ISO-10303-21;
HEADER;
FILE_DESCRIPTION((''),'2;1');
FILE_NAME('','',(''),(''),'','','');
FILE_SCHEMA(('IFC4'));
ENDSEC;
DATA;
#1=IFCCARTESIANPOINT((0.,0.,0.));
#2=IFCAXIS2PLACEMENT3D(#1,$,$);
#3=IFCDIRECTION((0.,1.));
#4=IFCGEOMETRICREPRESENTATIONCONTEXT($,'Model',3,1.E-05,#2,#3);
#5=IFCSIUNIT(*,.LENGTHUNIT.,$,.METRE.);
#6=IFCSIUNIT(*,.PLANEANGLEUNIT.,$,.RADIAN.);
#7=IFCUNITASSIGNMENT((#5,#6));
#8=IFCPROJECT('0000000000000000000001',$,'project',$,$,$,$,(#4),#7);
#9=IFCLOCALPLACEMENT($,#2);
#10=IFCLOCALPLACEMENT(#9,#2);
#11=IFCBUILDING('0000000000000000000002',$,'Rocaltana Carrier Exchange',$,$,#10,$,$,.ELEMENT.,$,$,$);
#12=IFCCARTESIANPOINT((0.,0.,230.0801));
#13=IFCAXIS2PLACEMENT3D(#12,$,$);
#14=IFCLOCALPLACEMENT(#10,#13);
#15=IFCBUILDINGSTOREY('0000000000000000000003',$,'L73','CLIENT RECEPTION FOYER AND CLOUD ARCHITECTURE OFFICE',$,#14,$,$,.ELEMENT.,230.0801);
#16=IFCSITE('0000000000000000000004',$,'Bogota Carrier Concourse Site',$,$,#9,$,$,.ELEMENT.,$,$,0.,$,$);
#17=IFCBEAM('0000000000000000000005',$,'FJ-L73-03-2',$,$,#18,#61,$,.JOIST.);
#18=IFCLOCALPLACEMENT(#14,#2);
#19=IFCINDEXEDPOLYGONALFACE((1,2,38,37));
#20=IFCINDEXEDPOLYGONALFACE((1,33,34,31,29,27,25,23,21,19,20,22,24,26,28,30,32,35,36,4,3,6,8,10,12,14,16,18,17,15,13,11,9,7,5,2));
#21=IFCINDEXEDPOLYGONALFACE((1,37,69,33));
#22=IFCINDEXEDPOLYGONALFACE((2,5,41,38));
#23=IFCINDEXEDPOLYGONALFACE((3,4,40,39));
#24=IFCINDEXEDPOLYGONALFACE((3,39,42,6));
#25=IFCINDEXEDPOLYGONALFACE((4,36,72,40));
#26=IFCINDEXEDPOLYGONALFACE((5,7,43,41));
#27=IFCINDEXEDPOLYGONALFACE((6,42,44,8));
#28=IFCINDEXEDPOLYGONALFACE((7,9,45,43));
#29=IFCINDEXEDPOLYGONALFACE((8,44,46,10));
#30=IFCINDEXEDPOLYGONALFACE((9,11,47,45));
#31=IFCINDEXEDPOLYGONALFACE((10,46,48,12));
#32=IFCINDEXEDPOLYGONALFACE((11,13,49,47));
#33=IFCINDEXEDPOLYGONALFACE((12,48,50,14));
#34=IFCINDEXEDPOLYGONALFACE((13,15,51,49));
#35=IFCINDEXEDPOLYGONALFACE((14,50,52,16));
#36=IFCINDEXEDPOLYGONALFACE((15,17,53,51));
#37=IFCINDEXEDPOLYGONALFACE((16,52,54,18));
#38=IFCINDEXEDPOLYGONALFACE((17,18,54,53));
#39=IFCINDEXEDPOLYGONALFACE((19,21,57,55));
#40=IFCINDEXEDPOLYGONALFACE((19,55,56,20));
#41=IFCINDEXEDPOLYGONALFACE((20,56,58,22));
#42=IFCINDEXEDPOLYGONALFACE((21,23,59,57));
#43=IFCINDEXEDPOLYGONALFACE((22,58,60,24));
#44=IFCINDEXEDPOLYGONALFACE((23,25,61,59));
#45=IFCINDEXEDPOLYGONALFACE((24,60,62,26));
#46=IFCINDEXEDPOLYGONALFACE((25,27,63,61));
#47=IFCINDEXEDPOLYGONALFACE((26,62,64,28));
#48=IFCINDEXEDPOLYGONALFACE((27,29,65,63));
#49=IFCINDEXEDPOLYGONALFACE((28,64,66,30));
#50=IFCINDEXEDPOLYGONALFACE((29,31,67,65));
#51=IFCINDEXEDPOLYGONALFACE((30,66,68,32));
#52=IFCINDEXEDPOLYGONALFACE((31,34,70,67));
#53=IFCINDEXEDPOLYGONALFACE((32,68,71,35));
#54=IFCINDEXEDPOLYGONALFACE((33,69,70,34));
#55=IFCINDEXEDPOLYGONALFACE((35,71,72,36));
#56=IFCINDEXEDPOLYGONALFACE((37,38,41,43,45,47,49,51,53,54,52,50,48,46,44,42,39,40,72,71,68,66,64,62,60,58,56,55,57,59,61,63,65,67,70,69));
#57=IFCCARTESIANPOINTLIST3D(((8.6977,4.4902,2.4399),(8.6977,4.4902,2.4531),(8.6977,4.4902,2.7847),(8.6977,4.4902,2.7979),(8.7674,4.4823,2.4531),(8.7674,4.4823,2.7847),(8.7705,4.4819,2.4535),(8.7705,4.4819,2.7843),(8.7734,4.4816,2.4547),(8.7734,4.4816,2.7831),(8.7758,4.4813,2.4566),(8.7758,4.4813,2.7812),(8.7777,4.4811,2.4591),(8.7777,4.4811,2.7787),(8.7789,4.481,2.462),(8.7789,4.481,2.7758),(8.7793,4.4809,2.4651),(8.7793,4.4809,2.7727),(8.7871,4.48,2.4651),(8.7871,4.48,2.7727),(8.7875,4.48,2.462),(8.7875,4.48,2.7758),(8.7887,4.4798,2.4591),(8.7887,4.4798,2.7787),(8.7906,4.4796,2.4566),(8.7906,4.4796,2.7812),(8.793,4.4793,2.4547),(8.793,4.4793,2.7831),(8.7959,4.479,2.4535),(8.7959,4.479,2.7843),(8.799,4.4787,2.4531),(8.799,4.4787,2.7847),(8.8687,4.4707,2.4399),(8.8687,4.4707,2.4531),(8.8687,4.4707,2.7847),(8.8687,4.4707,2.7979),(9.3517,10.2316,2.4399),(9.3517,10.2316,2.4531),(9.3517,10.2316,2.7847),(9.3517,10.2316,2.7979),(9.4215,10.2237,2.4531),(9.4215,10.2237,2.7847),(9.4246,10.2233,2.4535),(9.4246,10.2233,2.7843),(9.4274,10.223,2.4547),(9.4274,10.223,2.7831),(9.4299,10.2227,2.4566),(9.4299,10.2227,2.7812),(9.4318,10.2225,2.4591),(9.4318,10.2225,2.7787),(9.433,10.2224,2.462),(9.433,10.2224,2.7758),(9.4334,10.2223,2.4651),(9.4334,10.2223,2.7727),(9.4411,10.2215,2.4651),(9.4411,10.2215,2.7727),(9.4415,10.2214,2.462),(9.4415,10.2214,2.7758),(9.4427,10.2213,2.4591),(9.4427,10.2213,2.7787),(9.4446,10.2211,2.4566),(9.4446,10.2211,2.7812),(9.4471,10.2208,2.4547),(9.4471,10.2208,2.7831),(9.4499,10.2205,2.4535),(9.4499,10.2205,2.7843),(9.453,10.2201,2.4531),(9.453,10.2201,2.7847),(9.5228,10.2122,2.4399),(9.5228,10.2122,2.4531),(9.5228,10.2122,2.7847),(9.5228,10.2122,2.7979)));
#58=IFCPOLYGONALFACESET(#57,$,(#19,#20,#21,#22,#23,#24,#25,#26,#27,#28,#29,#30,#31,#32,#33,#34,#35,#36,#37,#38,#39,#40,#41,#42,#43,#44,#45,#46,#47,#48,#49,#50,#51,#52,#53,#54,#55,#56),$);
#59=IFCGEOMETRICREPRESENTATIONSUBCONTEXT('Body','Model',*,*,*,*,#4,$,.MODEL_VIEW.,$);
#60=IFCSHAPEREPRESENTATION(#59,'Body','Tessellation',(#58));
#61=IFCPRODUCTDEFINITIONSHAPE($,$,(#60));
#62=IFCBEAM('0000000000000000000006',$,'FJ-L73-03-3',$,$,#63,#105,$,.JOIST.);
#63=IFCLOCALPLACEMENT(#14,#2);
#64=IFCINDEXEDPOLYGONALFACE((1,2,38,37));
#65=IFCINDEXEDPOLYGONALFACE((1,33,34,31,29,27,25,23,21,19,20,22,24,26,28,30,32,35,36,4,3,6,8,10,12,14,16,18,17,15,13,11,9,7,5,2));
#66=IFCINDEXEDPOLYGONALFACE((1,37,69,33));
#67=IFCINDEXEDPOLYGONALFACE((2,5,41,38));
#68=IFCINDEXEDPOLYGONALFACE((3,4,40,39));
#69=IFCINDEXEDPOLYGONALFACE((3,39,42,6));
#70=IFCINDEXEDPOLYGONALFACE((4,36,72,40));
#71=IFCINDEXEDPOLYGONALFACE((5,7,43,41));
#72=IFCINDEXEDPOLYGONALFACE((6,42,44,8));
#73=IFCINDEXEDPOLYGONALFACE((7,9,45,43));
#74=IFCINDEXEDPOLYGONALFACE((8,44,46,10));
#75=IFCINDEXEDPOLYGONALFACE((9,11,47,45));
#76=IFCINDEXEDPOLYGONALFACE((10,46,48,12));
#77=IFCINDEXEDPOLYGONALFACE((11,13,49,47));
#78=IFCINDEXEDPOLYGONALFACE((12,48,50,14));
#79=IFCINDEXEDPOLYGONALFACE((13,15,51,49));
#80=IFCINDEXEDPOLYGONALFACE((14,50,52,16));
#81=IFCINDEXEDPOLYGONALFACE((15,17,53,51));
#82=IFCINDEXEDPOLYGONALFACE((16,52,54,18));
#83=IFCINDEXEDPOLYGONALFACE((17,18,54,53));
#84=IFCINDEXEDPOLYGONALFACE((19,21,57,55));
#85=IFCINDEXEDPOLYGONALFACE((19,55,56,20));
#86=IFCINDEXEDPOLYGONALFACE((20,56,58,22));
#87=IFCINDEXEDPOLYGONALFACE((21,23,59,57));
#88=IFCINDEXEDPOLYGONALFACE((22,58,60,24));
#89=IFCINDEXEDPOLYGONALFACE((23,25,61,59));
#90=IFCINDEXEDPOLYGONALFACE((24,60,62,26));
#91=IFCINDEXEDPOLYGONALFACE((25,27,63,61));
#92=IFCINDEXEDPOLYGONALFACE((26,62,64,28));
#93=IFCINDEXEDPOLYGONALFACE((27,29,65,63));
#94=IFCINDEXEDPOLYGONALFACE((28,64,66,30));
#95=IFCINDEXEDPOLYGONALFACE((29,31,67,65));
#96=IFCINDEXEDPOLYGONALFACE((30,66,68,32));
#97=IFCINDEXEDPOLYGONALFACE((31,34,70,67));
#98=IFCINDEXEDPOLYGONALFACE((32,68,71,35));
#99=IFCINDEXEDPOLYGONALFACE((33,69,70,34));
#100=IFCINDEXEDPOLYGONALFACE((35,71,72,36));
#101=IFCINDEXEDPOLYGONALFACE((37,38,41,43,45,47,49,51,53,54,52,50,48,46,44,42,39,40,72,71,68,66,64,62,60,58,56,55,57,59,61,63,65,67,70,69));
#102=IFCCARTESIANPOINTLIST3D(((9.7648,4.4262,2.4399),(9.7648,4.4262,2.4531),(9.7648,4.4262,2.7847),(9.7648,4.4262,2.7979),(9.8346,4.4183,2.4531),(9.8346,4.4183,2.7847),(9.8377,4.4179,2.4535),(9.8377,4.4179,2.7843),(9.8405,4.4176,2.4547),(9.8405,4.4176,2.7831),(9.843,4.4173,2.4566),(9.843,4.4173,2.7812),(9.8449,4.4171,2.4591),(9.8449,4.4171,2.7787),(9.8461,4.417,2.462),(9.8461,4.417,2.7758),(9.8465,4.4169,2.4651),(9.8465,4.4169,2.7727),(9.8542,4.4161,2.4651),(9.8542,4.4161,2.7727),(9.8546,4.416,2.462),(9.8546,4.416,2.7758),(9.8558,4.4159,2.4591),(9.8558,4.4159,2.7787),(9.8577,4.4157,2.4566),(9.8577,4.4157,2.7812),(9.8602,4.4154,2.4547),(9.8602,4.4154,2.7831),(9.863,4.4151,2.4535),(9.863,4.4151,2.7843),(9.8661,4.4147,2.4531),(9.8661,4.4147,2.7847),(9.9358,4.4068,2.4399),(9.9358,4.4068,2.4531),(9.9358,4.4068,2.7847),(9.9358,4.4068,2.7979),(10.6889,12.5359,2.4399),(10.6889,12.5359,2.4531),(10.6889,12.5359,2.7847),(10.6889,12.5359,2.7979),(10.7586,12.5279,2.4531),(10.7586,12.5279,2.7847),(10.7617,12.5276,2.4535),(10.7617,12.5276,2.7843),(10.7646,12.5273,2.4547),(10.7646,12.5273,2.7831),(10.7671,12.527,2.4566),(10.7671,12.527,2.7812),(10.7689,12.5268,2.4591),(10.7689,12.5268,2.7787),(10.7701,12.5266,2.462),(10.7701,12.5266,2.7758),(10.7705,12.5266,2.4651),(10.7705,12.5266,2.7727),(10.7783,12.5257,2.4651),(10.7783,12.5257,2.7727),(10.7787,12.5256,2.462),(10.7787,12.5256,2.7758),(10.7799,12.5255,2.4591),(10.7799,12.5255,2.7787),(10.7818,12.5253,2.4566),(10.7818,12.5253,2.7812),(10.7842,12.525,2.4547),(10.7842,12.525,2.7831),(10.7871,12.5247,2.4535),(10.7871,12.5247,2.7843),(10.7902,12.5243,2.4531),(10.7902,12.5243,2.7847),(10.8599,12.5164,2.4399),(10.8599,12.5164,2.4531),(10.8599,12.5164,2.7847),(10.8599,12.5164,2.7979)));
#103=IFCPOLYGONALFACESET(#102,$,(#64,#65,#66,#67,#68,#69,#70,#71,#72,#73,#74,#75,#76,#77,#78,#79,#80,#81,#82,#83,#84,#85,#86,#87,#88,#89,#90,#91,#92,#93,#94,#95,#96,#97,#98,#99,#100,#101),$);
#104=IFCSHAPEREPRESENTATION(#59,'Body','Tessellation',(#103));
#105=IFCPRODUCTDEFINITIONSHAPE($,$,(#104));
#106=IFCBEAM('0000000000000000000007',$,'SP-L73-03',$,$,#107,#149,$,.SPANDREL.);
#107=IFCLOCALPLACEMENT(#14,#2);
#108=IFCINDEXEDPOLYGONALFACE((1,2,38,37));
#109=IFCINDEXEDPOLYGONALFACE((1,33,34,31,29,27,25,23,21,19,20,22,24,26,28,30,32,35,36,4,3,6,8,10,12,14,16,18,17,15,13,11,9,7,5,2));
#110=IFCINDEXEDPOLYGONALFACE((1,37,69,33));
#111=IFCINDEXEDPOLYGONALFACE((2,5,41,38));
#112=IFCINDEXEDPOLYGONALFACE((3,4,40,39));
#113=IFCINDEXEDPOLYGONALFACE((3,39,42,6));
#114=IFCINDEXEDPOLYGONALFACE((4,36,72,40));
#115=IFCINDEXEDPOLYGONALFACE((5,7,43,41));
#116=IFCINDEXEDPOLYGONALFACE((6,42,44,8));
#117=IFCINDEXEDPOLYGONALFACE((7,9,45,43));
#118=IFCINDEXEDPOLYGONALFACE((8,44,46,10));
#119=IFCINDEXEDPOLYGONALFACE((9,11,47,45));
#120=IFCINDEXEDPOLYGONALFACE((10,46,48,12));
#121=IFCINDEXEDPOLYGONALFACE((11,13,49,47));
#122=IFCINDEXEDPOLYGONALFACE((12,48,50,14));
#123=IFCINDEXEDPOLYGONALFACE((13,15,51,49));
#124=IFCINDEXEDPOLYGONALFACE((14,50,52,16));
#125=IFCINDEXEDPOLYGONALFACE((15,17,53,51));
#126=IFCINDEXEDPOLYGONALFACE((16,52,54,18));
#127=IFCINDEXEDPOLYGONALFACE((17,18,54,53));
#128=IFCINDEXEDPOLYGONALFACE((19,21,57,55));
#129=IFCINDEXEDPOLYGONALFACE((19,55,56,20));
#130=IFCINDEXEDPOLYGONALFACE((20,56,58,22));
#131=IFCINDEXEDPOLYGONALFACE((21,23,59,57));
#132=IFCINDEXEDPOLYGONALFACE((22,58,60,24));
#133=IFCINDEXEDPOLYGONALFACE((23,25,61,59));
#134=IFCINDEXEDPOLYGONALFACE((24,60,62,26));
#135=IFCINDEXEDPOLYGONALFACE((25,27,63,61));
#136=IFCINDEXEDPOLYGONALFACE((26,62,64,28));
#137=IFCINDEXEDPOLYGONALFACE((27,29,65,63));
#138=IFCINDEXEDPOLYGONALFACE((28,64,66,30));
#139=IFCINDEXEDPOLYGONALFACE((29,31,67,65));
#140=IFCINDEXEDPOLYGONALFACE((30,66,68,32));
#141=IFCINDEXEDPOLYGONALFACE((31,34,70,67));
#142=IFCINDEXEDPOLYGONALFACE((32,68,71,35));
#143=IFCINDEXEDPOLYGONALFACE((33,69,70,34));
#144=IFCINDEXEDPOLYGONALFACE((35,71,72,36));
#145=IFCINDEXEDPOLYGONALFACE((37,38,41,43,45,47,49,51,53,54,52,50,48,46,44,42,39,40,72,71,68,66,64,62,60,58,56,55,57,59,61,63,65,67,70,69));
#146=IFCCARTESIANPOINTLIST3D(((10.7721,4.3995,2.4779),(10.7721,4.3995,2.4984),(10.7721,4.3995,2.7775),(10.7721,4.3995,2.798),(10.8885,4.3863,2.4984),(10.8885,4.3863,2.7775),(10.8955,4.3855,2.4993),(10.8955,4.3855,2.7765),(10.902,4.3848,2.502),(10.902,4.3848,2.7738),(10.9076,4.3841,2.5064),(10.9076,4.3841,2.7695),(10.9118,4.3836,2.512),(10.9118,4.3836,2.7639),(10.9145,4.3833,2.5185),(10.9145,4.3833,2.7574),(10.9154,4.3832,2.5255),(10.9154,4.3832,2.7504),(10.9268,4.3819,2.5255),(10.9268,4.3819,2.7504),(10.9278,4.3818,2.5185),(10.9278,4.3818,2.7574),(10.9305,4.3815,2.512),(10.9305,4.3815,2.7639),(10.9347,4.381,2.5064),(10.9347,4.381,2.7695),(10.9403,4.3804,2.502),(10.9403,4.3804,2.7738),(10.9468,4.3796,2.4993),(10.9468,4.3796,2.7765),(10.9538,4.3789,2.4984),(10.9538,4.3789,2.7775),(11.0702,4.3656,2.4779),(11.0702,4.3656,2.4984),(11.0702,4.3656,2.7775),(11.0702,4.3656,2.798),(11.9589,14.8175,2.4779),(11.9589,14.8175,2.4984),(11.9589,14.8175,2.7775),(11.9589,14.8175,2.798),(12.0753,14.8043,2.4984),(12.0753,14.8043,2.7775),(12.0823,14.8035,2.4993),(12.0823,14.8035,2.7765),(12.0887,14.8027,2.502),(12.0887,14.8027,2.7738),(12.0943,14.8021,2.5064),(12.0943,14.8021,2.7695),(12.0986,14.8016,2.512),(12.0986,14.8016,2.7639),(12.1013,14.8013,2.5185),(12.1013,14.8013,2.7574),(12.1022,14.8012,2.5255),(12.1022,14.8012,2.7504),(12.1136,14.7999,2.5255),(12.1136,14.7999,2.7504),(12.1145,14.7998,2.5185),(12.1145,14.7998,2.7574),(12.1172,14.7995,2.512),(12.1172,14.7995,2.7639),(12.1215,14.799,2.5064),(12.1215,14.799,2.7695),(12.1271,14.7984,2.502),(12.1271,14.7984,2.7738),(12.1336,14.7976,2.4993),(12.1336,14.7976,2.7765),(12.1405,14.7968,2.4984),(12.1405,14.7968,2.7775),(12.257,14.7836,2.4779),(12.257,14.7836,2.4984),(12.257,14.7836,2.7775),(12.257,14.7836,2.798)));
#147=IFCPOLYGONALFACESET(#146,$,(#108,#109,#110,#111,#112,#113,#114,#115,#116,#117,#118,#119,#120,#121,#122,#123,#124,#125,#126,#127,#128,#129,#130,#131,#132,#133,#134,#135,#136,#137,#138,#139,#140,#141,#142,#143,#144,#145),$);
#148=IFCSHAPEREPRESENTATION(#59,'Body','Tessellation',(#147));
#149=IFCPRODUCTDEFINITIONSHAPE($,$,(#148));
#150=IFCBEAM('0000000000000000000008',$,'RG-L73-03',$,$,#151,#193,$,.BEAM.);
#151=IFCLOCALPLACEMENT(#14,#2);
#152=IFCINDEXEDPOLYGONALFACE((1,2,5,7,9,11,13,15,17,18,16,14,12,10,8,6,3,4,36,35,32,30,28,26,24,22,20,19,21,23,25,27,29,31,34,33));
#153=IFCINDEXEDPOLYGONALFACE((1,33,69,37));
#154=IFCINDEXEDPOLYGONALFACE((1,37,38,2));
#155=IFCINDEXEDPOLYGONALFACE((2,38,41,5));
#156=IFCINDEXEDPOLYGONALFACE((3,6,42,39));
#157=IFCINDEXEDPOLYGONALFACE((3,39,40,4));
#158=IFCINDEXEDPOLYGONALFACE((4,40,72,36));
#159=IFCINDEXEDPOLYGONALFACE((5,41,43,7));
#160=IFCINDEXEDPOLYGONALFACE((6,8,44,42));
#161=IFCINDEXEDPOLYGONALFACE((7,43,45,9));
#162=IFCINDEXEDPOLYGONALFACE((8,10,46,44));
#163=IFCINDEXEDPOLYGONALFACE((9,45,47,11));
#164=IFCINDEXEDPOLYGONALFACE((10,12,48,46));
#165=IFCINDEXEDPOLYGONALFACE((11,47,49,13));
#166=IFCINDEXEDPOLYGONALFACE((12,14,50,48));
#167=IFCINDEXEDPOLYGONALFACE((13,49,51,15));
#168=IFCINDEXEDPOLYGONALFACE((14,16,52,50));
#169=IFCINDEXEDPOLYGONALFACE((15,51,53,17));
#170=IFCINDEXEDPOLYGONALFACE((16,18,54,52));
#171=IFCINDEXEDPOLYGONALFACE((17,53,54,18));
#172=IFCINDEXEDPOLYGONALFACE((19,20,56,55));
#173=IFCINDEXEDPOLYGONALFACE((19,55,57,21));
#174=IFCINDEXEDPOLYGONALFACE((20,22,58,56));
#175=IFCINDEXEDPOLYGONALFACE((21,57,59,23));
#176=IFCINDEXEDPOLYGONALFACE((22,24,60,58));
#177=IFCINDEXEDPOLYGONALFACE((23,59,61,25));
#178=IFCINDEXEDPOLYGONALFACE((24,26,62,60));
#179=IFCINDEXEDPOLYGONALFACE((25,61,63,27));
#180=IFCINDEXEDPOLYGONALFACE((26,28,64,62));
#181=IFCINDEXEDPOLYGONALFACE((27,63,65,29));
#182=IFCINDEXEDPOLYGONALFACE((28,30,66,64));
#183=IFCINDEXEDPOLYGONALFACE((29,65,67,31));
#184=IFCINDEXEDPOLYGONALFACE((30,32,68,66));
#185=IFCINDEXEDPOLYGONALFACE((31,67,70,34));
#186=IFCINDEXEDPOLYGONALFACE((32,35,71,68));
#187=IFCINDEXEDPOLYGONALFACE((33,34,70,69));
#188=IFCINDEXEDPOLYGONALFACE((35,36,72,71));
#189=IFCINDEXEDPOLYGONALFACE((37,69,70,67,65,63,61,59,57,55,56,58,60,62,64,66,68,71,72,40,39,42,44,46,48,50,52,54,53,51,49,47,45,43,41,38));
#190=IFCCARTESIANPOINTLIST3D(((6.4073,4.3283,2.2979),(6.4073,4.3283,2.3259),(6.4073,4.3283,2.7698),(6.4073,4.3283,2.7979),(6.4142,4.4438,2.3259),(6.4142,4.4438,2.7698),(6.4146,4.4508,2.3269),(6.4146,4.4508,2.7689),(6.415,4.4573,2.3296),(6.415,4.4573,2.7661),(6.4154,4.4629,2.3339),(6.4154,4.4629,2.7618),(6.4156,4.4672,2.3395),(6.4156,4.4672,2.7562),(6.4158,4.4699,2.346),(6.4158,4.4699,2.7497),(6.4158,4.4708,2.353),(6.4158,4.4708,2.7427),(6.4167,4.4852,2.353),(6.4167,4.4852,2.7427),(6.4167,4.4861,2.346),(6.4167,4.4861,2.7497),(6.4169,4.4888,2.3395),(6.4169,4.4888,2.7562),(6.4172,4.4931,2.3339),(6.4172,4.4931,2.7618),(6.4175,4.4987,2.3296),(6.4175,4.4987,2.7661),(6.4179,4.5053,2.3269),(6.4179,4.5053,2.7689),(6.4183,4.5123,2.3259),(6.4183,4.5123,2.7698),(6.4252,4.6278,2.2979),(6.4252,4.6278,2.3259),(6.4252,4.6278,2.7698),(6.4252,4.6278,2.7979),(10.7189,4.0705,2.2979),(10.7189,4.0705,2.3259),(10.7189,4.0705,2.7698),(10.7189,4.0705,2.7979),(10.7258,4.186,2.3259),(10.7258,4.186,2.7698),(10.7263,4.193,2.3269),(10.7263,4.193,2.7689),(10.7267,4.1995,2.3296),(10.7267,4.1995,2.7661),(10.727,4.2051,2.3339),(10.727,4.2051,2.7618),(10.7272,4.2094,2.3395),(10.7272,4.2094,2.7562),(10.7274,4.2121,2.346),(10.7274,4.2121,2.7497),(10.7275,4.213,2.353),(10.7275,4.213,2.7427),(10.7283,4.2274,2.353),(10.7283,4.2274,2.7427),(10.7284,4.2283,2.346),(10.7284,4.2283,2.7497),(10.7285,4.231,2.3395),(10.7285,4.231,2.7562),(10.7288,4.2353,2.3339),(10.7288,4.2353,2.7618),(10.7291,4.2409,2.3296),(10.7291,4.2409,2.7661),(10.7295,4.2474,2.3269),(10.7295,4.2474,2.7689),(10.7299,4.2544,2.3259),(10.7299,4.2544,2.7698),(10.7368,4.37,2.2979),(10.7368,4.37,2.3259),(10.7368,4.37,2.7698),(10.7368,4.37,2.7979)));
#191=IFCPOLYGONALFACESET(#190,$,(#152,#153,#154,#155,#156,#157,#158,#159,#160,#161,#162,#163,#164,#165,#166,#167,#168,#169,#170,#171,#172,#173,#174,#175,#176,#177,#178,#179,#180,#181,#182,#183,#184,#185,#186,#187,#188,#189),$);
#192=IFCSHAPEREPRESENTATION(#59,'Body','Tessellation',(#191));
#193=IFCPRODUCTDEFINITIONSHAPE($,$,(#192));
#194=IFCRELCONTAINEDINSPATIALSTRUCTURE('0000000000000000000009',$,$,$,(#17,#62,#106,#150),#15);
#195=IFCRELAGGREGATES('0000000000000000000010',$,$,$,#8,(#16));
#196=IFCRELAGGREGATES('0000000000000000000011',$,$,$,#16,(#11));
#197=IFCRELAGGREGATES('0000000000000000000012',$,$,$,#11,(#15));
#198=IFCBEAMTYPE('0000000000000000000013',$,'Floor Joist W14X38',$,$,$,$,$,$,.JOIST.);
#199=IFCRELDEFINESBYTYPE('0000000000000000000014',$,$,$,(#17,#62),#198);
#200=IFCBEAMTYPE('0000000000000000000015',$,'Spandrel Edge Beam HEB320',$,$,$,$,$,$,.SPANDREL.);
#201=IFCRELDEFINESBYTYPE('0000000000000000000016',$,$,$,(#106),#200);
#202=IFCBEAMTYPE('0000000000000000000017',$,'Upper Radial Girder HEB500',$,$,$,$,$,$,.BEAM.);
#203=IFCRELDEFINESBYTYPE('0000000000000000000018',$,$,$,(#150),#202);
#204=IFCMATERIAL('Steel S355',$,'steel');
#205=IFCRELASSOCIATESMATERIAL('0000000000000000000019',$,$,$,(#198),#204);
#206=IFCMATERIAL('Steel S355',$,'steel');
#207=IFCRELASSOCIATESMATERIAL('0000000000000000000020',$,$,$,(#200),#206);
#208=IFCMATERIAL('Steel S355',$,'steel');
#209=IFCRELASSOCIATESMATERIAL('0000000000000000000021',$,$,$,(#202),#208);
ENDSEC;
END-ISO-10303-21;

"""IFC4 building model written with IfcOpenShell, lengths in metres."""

from ifc_helpers import new_model, si_unit, direction, frame, origin, origin_2d, place, context, subcontext, project, spatial, i_section, extrude, material, material_profile, profile_set, type_object, element, save


model = new_model("IFC4")

# Units and contexts
model_context = context("Model", 3, precision=1e-05, world=origin(), true_north=direction((0.0, 1.0)))
body_context = subcontext(model_context, "Body", "Model", "MODEL_VIEW")
ifc_project = project(units=[si_unit("LENGTHUNIT", "METRE"), si_unit("PLANEANGLEUNIT", "RADIAN")], contexts=[model_context])

# Site, building, storey
site_placement = place(None, origin())
site = spatial("IfcSite", under=ifc_project, at=site_placement, Name="Bogota Carrier Concourse Site", CompositionType="ELEMENT", RefElevation=0.0)
building_placement = place(site_placement, origin())
building = spatial("IfcBuilding", under=site, at=building_placement, Name="Rocaltana Carrier Exchange", CompositionType="ELEMENT")
storey_placement = place(building_placement, frame((0.0, 0.0, 230.0801)))
storey = spatial("IfcBuildingStorey", under=building, at=storey_placement, Name="L73", Description="CLIENT RECEPTION FOYER AND CLOUD ARCHITECTURE OFFICE", CompositionType="ELEMENT", Elevation=230.0801)

# Beams
ifc_material_1 = material(Name="Steel S355", Category="steel")
ifc_material_profile_1 = material_profile(ifc_material_1, i_section(OverallWidth=0.1721, OverallDepth=0.3579, WebThickness=0.0078, FlangeThickness=0.0132, FilletRadius=0.012, at=origin_2d()), Name="W14X38")
ifc_profile_set_1 = profile_set([ifc_material_profile_1], Name="Steel S355")
beam_type_1 = type_object("IfcBeamType", Name="Floor Joist W14X38", PredefinedType="JOIST", material=ifc_profile_set_1)
beam_1_placement = place(storey_placement, frame((8.7832, 4.4805, 2.6189), z_axis=(0.113186, 0.993574, 0.0), x_axis=(-0.993574, 0.113186, 0.0)))
element("IfcBeam", 1, at=beam_1_placement, inside=storey, type_object=beam_type_1, Name="FJ-L73-03-2", PredefinedType="JOIST", context=body_context, shape_type="SweptSolid", body=[
    extrude(i_section(OverallWidth=0.1721, OverallDepth=0.3579, WebThickness=0.0078, FlangeThickness=0.0132, FilletRadius=0.012, at=origin_2d()), origin(), (0.0, 0.0, 1.0), 5.7786),
])
beam_2_placement = place(storey_placement, frame((9.8503, 4.4165, 2.6189), z_axis=(0.113215, 0.993571, 0.0), x_axis=(-0.993571, 0.113215, 0.0)))
element("IfcBeam", 2, at=beam_2_placement, inside=storey, type_object=beam_type_1, Name="FJ-L73-03-3", PredefinedType="JOIST", context=body_context, shape_type="SweptSolid", body=[
    extrude(i_section(OverallWidth=0.1721, OverallDepth=0.3579, WebThickness=0.0078, FlangeThickness=0.0132, FilletRadius=0.012, at=origin_2d()), origin(), (0.0, 0.0, 1.0), 8.1621),
])
ifc_material_2 = material(Name="Steel S355", Category="steel")
ifc_material_profile_2 = material_profile(ifc_material_2, i_section(OverallWidth=0.3, OverallDepth=0.3201, WebThickness=0.0115, FlangeThickness=0.0205, FilletRadius=0.0271, at=origin_2d()), Name="HEB320")
ifc_profile_set_2 = profile_set([ifc_material_profile_2], Name="Steel S355")
beam_type_2 = type_object("IfcBeamType", Name="Spandrel Edge Beam HEB320", PredefinedType="SPANDREL", material=ifc_profile_set_2)
beam_3_placement = place(storey_placement, frame((10.9211, 4.3826, 2.6379), z_axis=(0.113183, 0.993574, 0.0), x_axis=(-0.993574, 0.113183, 0.0)))
element("IfcBeam", 3, at=beam_3_placement, inside=storey, type_object=beam_type_2, Name="SP-L73-03", PredefinedType="SPANDREL", context=body_context, shape_type="SweptSolid", body=[
    extrude(i_section(OverallWidth=0.3, OverallDepth=0.3201, WebThickness=0.0115, FlangeThickness=0.0205, FilletRadius=0.0271, at=origin_2d()), origin(), (0.0, 0.0, 1.0), 10.4854),
])
ifc_material_3 = material(Name="Steel S355", Category="steel")
ifc_material_profile_3 = material_profile(ifc_material_3, i_section(OverallWidth=0.3, OverallDepth=0.5, WebThickness=0.0144, FlangeThickness=0.0281, FilletRadius=0.0271, at=origin_2d()), Name="HEB500")
ifc_profile_set_3 = profile_set([ifc_material_profile_3], Name="Steel S355")
beam_type_3 = type_object("IfcBeamType", Name="Upper Radial Girder HEB500", PredefinedType="BEAM", material=ifc_profile_set_3)
beam_4_placement = place(storey_placement, frame((6.4163, 4.478, 2.5479), z_axis=(0.998217, -0.05969, 0.0), x_axis=(0.05969, 0.998217, 0.0)))
element("IfcBeam", 4, at=beam_4_placement, inside=storey, type_object=beam_type_3, Name="RG-L73-03", PredefinedType="BEAM", context=body_context, shape_type="SweptSolid", body=[
    extrude(i_section(OverallWidth=0.3, OverallDepth=0.5, WebThickness=0.0144, FlangeThickness=0.0281, FilletRadius=0.0271, at=origin_2d()), origin(), (0.0, 0.0, 1.0), 4.3193),
])

save(model, "model.ifc")
